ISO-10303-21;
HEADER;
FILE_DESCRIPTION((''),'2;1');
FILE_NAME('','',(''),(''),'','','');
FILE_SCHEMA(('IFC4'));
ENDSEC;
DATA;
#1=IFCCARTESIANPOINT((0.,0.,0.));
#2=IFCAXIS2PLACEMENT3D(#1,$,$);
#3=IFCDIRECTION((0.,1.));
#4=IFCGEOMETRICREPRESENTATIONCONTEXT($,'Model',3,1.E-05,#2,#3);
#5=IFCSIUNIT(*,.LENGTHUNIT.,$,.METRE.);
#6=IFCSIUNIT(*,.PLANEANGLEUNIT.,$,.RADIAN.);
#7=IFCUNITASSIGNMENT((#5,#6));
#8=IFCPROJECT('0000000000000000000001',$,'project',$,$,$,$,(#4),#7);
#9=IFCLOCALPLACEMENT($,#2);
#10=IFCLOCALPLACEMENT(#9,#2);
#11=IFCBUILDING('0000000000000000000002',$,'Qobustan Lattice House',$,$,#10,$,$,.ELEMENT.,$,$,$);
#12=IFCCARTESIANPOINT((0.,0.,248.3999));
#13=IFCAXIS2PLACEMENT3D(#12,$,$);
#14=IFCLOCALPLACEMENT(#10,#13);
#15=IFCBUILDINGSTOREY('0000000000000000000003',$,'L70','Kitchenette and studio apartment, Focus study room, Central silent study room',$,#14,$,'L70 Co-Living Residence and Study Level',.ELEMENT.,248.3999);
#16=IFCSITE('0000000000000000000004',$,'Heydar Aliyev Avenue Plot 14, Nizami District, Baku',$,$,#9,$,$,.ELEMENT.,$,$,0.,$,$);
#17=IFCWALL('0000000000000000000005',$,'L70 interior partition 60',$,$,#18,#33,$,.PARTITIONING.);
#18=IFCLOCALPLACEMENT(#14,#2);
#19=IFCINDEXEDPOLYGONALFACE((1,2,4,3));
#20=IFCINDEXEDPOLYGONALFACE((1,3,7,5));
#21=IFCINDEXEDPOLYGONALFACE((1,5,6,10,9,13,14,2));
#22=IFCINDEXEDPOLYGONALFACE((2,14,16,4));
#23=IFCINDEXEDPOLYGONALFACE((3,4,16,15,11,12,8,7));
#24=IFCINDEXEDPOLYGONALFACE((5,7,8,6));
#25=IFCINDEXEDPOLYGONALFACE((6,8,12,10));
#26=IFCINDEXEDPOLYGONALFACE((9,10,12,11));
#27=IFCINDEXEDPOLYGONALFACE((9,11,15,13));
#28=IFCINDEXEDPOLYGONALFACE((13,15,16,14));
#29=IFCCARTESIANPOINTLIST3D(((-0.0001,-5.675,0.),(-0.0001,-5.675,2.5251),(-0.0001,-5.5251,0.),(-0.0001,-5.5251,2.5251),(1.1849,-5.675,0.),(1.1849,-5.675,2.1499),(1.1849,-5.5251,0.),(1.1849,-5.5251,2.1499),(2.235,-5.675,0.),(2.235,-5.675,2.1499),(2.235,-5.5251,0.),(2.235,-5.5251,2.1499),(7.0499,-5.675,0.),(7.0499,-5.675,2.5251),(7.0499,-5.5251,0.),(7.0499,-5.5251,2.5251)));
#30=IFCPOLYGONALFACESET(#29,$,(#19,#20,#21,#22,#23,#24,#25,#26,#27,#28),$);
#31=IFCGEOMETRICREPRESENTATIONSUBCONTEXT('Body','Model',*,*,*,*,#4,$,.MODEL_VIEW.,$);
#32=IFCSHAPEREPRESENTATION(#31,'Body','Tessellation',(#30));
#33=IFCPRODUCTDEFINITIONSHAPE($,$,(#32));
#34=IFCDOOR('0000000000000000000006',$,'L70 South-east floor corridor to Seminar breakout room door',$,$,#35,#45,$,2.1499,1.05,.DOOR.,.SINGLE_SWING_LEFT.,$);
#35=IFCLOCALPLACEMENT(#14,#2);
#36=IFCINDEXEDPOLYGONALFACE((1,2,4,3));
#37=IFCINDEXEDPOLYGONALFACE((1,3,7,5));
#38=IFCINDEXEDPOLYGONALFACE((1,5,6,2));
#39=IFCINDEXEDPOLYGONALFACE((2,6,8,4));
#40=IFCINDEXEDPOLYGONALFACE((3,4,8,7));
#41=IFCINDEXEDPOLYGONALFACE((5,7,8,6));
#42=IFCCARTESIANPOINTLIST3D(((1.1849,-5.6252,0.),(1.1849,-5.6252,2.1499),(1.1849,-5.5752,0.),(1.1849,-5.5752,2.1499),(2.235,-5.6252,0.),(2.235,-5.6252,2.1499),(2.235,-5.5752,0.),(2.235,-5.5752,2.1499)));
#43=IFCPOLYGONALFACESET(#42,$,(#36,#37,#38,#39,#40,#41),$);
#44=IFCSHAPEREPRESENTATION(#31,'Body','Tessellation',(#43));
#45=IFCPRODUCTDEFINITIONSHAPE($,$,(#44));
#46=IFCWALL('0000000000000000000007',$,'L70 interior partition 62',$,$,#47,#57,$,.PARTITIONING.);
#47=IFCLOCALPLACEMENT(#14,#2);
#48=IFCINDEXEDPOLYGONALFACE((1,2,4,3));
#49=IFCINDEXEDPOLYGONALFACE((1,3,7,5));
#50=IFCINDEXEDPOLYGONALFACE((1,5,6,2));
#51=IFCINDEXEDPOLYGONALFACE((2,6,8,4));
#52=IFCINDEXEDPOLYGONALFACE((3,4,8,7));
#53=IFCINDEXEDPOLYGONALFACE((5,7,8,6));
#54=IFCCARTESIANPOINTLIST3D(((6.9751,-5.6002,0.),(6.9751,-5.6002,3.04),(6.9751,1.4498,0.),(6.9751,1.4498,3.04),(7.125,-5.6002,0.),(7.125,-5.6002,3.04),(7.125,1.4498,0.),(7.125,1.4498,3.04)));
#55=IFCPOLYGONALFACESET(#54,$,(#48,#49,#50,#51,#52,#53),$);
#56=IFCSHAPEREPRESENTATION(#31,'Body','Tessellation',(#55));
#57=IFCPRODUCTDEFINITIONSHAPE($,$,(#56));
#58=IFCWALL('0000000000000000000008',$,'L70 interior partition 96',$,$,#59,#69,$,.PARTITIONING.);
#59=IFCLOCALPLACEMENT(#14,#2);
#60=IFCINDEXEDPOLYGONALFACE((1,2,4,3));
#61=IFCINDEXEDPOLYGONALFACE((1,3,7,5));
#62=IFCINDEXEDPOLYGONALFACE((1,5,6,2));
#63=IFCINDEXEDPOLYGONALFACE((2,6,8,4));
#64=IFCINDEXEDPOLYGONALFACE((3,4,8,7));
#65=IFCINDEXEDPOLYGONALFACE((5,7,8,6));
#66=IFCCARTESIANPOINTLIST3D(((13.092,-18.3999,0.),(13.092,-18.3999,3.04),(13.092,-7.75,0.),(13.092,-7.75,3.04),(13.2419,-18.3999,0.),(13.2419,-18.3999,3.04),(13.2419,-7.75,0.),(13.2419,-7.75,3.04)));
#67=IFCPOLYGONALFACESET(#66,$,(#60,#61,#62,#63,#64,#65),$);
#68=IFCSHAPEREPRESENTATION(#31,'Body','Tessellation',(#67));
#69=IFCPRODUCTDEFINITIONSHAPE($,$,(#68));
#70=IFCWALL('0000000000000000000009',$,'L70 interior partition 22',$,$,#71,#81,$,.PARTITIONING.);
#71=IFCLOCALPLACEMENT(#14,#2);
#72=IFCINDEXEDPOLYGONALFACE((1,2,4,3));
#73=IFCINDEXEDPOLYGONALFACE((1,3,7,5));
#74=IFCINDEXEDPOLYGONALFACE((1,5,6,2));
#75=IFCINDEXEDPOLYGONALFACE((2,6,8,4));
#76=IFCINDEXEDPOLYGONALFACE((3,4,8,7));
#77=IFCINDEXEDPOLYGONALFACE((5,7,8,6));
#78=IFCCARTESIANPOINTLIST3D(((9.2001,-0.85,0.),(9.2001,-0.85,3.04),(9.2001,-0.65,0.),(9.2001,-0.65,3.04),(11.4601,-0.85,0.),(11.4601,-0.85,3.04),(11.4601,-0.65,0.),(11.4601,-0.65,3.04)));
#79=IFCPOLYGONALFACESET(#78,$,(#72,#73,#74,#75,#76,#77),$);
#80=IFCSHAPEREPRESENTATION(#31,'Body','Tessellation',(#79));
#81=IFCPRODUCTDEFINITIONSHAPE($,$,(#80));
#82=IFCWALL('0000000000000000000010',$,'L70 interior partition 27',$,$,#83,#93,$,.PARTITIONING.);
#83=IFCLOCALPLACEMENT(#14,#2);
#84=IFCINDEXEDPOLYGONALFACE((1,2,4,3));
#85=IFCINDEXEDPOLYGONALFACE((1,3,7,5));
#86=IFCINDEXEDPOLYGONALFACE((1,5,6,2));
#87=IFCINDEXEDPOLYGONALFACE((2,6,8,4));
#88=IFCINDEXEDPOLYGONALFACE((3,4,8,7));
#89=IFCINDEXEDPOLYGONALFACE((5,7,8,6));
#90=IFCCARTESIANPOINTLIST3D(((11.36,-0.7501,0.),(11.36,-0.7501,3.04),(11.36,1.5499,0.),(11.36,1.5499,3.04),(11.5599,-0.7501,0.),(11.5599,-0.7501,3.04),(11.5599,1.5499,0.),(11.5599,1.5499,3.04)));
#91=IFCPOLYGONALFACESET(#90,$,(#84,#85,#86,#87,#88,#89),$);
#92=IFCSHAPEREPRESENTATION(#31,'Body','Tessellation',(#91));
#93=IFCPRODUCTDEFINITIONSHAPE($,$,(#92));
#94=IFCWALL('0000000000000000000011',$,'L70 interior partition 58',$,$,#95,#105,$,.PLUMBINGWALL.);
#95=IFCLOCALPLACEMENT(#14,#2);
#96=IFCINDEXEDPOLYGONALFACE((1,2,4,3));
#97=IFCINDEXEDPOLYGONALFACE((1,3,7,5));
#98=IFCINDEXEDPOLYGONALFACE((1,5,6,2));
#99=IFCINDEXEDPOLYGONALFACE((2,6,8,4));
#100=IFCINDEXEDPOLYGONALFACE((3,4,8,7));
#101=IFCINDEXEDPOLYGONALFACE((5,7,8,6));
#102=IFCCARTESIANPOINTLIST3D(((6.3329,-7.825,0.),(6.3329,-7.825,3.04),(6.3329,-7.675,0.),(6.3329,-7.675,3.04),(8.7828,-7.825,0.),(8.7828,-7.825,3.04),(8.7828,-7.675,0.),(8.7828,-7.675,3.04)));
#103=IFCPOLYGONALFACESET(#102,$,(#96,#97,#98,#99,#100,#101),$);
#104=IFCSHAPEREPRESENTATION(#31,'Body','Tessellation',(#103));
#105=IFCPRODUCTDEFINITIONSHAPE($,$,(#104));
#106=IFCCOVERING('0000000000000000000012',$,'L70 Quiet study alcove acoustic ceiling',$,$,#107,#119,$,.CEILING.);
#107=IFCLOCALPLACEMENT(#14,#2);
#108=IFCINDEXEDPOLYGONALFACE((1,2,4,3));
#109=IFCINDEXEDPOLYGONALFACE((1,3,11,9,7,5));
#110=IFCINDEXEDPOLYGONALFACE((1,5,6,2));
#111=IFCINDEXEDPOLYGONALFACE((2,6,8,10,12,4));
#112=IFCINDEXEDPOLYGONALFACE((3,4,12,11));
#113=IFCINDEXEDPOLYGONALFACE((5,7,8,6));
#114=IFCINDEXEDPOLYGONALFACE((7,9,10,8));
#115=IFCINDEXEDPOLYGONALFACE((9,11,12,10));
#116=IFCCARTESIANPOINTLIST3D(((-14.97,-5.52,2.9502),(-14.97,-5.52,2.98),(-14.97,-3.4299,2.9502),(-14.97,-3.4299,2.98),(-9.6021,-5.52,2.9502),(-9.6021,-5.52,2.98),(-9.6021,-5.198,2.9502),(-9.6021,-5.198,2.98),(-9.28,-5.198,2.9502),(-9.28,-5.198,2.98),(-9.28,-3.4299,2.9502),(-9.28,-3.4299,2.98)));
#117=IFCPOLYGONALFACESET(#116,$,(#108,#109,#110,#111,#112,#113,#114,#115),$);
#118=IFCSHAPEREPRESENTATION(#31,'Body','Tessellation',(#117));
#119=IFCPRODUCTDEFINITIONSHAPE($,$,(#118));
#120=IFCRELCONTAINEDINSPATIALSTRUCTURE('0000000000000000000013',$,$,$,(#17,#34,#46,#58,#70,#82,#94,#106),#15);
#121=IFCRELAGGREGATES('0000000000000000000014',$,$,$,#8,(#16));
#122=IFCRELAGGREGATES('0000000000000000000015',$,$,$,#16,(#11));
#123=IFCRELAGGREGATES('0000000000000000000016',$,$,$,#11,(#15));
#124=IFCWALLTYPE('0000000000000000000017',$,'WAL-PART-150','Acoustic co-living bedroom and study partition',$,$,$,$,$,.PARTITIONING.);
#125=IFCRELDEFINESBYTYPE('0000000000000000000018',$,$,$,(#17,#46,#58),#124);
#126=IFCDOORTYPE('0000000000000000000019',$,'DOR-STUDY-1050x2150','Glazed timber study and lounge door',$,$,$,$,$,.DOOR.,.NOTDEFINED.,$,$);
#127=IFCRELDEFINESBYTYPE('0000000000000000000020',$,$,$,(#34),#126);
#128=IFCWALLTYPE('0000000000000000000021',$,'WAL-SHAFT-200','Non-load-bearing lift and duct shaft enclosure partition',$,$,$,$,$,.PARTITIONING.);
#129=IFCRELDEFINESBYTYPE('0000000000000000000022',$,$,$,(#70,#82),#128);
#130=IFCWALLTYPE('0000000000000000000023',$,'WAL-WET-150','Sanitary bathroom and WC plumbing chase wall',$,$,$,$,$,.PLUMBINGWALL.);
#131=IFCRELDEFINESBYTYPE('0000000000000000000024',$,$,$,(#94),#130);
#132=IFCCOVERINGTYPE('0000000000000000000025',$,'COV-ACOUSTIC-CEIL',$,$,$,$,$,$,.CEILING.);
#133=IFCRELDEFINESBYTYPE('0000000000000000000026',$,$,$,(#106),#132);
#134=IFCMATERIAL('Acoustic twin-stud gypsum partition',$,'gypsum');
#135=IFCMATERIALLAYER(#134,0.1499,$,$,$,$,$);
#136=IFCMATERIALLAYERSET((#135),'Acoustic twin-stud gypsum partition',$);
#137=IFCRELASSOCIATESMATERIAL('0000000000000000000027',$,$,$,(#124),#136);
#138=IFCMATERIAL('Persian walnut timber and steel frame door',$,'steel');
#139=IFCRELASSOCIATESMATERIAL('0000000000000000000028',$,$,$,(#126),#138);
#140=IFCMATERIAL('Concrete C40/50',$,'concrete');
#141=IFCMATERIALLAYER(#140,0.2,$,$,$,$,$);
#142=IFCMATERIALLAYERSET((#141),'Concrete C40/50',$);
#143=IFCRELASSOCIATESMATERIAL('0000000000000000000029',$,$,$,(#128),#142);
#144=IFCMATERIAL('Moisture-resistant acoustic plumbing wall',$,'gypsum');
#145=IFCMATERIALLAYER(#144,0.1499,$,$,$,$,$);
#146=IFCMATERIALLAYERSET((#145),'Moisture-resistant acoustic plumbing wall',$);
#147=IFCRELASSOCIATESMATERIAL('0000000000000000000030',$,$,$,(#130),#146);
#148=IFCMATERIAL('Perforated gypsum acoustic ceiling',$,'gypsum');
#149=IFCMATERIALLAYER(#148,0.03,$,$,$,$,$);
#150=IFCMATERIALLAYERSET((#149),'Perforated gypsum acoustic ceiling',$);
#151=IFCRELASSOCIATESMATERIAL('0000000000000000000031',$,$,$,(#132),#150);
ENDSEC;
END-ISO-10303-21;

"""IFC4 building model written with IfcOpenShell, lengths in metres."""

from ifc_helpers import new_model, si_unit, direction, frame, frame_2d, origin, place, context, subcontext, project, spatial, polyline, rectangle, outline, extrude, material, layer, layer_set, type_object, element, fill, save


model = new_model("IFC4")

# Units and contexts
model_context = context("Model", 3, precision=1e-05, world=origin(), true_north=direction((0.0, 1.0)))
body_context = subcontext(model_context, "Body", "Model", "MODEL_VIEW")
ifc_project = project(units=[si_unit("LENGTHUNIT", "METRE"), si_unit("PLANEANGLEUNIT", "RADIAN")], contexts=[model_context])

# Site, building, storey
site_placement = place(None, origin())
site = spatial("IfcSite", under=ifc_project, at=site_placement, Name="Heydar Aliyev Avenue Plot 14, Nizami District, Baku", CompositionType="ELEMENT", RefElevation=0.0)
building_placement = place(site_placement, origin())
building = spatial("IfcBuilding", under=site, at=building_placement, Name="Qobustan Lattice House", CompositionType="ELEMENT")
storey_placement = place(building_placement, frame((0.0, 0.0, 248.3999)))
storey = spatial("IfcBuildingStorey", under=building, at=storey_placement, Name="L70", Description="Kitchenette and studio apartment, Focus study room, Central silent study room", LongName="L70 Co-Living Residence and Study Level", CompositionType="ELEMENT", Elevation=248.3999)

# Wall, opening, door
ifc_material_1 = material(Name="Acoustic twin-stud gypsum partition", Category="gypsum")
ifc_layer_1 = layer(ifc_material_1, 0.1499)
ifc_layer_set_1 = layer_set([ifc_layer_1], Name="Acoustic twin-stud gypsum partition")
wall_type_1 = type_object("IfcWallType", Name="WAL-PART-150", Description="Acoustic co-living bedroom and study partition", PredefinedType="PARTITIONING", material=ifc_layer_set_1)
wall_1_placement = place(storey_placement, frame((0.0, -5.6001, 0.0), z_axis=(0.0, 0.0, 1.0), x_axis=(1.0, 0.0, 0.0)))
wall_1 = element("IfcWall", 1, at=wall_1_placement, inside=storey, type_object=wall_type_1, Name="L70 interior partition 60", PredefinedType="PARTITIONING", context=body_context, shape_type="SweptSolid", body=[
    extrude(rectangle(XDim=7.05, YDim=0.1499, at=frame_2d((3.5249, 0.0))), origin(), (0.0, 0.0, 1.0), 2.5251),
])
opening_1_placement = place(wall_1_placement, frame((1.1851, 0.0, 0.0)))
opening_1 = element("IfcOpeningElement", 2, at=opening_1_placement, cuts=wall_1, PredefinedType="OPENING", context=body_context, shape_type="SweptSolid", body=[
    extrude(rectangle(XDim=1.05, YDim=2.1499, at=frame_2d((0.5249, 1.075))), frame((0.0, 0.085, 0.0), z_axis=(0.0, -1.0, 0.0), x_axis=(1.0, 0.0, 0.0)), (0.0, 0.0, 1.0), 0.1699),
])
ifc_material_2 = material(Name="Persian walnut timber and steel frame door", Category="steel")
door_type_1 = type_object("IfcDoorType", Name="DOR-STUDY-1050x2150", Description="Glazed timber study and lounge door", OperationType="NOTDEFINED", PredefinedType="DOOR", material=ifc_material_2)
door_1_placement = place(opening_1_placement, origin())
door_1 = element("IfcDoor", 3, at=door_1_placement, inside=storey, type_object=door_type_1, Name="L70 South-east floor corridor to Seminar breakout room door", OperationType="SINGLE_SWING_LEFT", OverallHeight=2.1499, OverallWidth=1.05, PredefinedType="DOOR", context=body_context, shape_type="SweptSolid", body=[
    extrude(rectangle(XDim=1.05, YDim=2.1499, at=frame_2d((0.5249, 1.075))), frame((0.0, 0.0249, 0.0), z_axis=(0.0, -1.0, 0.0), x_axis=(1.0, 0.0, 0.0)), (0.0, 0.0, 1.0), 0.05),
])
fill(opening_1, door_1)

# Walls
wall_2_placement = place(storey_placement, frame((7.05, -5.6001, 0.0), z_axis=(0.0, 0.0, 1.0), x_axis=(0.0, 1.0, 0.0)))
element("IfcWall", 4, at=wall_2_placement, inside=storey, type_object=wall_type_1, Name="L70 interior partition 62", PredefinedType="PARTITIONING", context=body_context, shape_type="SweptSolid", body=[
    extrude(rectangle(XDim=7.05, YDim=0.1499, at=frame_2d((3.5249, 0.0))), origin(), (0.0, 0.0, 1.0), 3.04),
])
wall_3_placement = place(storey_placement, frame((13.167, -7.75, 0.0), z_axis=(0.0, 0.0, 1.0), x_axis=(0.0, -1.0, 0.0)))
element("IfcWall", 5, at=wall_3_placement, inside=storey, type_object=wall_type_1, Name="L70 interior partition 96", PredefinedType="PARTITIONING", context=body_context, shape_type="SweptSolid", body=[
    extrude(rectangle(XDim=10.6499, YDim=0.1499, at=frame_2d((5.325, 0.0))), origin(), (0.0, 0.0, 1.0), 3.04),
])
ifc_material_3 = material(Name="Concrete C40/50", Category="concrete")
ifc_layer_2 = layer(ifc_material_3, 0.2)
ifc_layer_set_2 = layer_set([ifc_layer_2], Name="Concrete C40/50")
wall_type_2 = type_object("IfcWallType", Name="WAL-SHAFT-200", Description="Non-load-bearing lift and duct shaft enclosure partition", PredefinedType="PARTITIONING", material=ifc_layer_set_2)
wall_4_placement = place(storey_placement, frame((11.46, -0.75, 0.0), z_axis=(0.0, 0.0, 1.0), x_axis=(-1.0, 0.0, 0.0)))
element("IfcWall", 6, at=wall_4_placement, inside=storey, type_object=wall_type_2, Name="L70 interior partition 22", PredefinedType="PARTITIONING", context=body_context, shape_type="SweptSolid", body=[
    extrude(rectangle(XDim=2.26, YDim=0.2, at=frame_2d((1.1299, 0.0))), origin(), (0.0, 0.0, 1.0), 3.04),
])
wall_5_placement = place(storey_placement, frame((11.46, -0.75, 0.0), z_axis=(0.0, 0.0, 1.0), x_axis=(0.0, 1.0, 0.0)))
element("IfcWall", 7, at=wall_5_placement, inside=storey, type_object=wall_type_2, Name="L70 interior partition 27", PredefinedType="PARTITIONING", context=body_context, shape_type="SweptSolid", body=[
    extrude(rectangle(XDim=2.3, YDim=0.2, at=frame_2d((1.1499, 0.0))), origin(), (0.0, 0.0, 1.0), 3.04),
])
ifc_material_4 = material(Name="Moisture-resistant acoustic plumbing wall", Category="gypsum")
ifc_layer_3 = layer(ifc_material_4, 0.1499)
ifc_layer_set_3 = layer_set([ifc_layer_3], Name="Moisture-resistant acoustic plumbing wall")
wall_type_3 = type_object("IfcWallType", Name="WAL-WET-150", Description="Sanitary bathroom and WC plumbing chase wall", PredefinedType="PLUMBINGWALL", material=ifc_layer_set_3)
wall_6_placement = place(storey_placement, frame((8.783, -7.75, 0.0), z_axis=(0.0, 0.0, 1.0), x_axis=(-1.0, 0.0, 0.0)))
element("IfcWall", 8, at=wall_6_placement, inside=storey, type_object=wall_type_3, Name="L70 interior partition 58", PredefinedType="PLUMBINGWALL", context=body_context, shape_type="SweptSolid", body=[
    extrude(rectangle(XDim=2.45, YDim=0.1499, at=frame_2d((1.2251, 0.0))), origin(), (0.0, 0.0, 1.0), 3.04),
])

# Covering
ifc_material_5 = material(Name="Perforated gypsum acoustic ceiling", Category="gypsum")
ifc_layer_4 = layer(ifc_material_5, 0.03)
ifc_layer_set_4 = layer_set([ifc_layer_4], Name="Perforated gypsum acoustic ceiling")
covering_type = type_object("IfcCoveringType", Name="COV-ACOUSTIC-CEIL", PredefinedType="CEILING", material=ifc_layer_set_4)
covering_placement = place(storey_placement, frame((0.0, 0.0, 2.9502)))
element("IfcCovering", 9, at=covering_placement, inside=storey, type_object=covering_type, Name="L70 Quiet study alcove acoustic ceiling", PredefinedType="CEILING", context=body_context, shape_type="SweptSolid", body=[
    extrude(outline(polyline([(-9.28, -3.4299), (-14.97, -3.4299), (-14.97, -5.52), (-9.6021, -5.52), (-9.6021, -5.198), (-9.28, -5.198), (-9.28, -3.4299)])), origin(), (0.0, 0.0, 1.0), 0.0298),
])

save(model, "model.ifc")
